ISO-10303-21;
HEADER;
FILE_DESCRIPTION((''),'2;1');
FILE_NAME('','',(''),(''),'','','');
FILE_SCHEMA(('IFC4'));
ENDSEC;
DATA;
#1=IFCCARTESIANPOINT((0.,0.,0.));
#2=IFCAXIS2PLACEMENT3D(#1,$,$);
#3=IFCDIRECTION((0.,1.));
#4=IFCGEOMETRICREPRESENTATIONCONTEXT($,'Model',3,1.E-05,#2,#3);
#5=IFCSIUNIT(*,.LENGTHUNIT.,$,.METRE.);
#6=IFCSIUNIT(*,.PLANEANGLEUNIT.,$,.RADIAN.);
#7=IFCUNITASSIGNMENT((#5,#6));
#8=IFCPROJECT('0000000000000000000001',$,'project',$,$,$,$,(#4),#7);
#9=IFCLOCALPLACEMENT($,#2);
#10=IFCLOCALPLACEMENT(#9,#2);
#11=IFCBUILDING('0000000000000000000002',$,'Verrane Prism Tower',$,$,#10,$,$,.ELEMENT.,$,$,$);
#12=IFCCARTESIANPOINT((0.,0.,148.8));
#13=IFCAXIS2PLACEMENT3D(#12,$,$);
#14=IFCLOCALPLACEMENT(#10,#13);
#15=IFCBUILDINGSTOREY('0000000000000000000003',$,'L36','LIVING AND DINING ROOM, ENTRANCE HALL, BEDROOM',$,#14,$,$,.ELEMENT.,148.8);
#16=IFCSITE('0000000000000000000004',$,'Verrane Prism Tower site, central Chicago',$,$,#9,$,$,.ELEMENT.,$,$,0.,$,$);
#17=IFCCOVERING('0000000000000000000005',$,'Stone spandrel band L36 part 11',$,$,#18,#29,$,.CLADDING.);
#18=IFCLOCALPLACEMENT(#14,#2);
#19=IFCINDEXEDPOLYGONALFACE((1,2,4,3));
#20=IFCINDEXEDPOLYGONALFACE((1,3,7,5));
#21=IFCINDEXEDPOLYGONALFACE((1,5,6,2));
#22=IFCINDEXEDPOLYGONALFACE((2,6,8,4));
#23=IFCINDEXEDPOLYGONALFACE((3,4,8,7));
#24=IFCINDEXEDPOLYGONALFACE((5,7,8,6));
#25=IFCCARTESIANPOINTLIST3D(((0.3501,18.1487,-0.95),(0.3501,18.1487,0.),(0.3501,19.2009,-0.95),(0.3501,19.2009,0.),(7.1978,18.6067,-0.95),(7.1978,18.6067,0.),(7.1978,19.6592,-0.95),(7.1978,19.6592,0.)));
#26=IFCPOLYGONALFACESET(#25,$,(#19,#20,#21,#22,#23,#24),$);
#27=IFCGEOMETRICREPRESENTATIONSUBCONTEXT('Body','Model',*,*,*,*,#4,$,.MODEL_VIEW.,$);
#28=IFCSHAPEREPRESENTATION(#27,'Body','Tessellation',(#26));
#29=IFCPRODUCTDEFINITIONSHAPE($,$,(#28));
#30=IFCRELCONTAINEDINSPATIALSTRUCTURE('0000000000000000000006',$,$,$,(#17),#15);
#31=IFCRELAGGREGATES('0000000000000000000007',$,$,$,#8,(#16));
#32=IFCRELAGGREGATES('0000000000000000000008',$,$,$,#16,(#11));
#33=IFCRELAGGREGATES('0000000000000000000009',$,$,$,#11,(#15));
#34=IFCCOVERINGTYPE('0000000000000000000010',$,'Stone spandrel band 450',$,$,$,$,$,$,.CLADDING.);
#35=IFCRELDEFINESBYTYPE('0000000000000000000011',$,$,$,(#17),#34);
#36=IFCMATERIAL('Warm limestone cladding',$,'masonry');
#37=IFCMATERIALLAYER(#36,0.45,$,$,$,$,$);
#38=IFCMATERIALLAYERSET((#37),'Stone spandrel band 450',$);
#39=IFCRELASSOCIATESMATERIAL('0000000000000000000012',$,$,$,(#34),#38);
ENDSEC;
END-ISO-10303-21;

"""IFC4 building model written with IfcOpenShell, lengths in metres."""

from ifc_helpers import new_model, si_unit, direction, frame, origin, place, context, subcontext, project, spatial, polyline, outline, extrude, material, layer, layer_set, type_object, element, save


model = new_model("IFC4")

# Units and contexts
model_context = context("Model", 3, precision=1e-05, world=origin(), true_north=direction((0.0, 1.0)))
body_context = subcontext(model_context, "Body", "Model", "MODEL_VIEW")
ifc_project = project(units=[si_unit("LENGTHUNIT", "METRE"), si_unit("PLANEANGLEUNIT", "RADIAN")], contexts=[model_context])

# Site, building, storey
site_placement = place(None, origin())
site = spatial("IfcSite", under=ifc_project, at=site_placement, Name="Verrane Prism Tower site, central Chicago", CompositionType="ELEMENT", RefElevation=0.0)
building_placement = place(site_placement, origin())
building = spatial("IfcBuilding", under=site, at=building_placement, Name="Verrane Prism Tower", CompositionType="ELEMENT")
storey_placement = place(building_placement, frame((0.0, 0.0, 148.8)))
storey = spatial("IfcBuildingStorey", under=building, at=storey_placement, Name="L36", Description="LIVING AND DINING ROOM, ENTRANCE HALL, BEDROOM", CompositionType="ELEMENT", Elevation=148.8)

# Covering
ifc_material_1 = material(Name="Warm limestone cladding", Category="masonry")
ifc_layer = layer(ifc_material_1, 0.45)
ifc_layer_set = layer_set([ifc_layer], Name="Stone spandrel band 450")
covering_type_1 = type_object("IfcCoveringType", Name="Stone spandrel band 450", PredefinedType="CLADDING", material=ifc_layer_set)
covering_1_placement = place(storey_placement, frame((0.0, 0.0, -0.95)))
element("IfcCovering", 1, at=covering_1_placement, inside=storey, type_object=covering_type_1, Name="Stone spandrel band L36 part 11", PredefinedType="CLADDING", context=body_context, shape_type="SweptSolid", body=[
    extrude(outline(polyline([(0.3501, 18.1487), (7.1978, 18.6067), (7.1978, 19.6592), (0.3501, 19.2009), (0.3501, 18.1487)])), origin(), (0.0, 0.0, 1.0), 0.95),
])

save(model, "model.ifc")
